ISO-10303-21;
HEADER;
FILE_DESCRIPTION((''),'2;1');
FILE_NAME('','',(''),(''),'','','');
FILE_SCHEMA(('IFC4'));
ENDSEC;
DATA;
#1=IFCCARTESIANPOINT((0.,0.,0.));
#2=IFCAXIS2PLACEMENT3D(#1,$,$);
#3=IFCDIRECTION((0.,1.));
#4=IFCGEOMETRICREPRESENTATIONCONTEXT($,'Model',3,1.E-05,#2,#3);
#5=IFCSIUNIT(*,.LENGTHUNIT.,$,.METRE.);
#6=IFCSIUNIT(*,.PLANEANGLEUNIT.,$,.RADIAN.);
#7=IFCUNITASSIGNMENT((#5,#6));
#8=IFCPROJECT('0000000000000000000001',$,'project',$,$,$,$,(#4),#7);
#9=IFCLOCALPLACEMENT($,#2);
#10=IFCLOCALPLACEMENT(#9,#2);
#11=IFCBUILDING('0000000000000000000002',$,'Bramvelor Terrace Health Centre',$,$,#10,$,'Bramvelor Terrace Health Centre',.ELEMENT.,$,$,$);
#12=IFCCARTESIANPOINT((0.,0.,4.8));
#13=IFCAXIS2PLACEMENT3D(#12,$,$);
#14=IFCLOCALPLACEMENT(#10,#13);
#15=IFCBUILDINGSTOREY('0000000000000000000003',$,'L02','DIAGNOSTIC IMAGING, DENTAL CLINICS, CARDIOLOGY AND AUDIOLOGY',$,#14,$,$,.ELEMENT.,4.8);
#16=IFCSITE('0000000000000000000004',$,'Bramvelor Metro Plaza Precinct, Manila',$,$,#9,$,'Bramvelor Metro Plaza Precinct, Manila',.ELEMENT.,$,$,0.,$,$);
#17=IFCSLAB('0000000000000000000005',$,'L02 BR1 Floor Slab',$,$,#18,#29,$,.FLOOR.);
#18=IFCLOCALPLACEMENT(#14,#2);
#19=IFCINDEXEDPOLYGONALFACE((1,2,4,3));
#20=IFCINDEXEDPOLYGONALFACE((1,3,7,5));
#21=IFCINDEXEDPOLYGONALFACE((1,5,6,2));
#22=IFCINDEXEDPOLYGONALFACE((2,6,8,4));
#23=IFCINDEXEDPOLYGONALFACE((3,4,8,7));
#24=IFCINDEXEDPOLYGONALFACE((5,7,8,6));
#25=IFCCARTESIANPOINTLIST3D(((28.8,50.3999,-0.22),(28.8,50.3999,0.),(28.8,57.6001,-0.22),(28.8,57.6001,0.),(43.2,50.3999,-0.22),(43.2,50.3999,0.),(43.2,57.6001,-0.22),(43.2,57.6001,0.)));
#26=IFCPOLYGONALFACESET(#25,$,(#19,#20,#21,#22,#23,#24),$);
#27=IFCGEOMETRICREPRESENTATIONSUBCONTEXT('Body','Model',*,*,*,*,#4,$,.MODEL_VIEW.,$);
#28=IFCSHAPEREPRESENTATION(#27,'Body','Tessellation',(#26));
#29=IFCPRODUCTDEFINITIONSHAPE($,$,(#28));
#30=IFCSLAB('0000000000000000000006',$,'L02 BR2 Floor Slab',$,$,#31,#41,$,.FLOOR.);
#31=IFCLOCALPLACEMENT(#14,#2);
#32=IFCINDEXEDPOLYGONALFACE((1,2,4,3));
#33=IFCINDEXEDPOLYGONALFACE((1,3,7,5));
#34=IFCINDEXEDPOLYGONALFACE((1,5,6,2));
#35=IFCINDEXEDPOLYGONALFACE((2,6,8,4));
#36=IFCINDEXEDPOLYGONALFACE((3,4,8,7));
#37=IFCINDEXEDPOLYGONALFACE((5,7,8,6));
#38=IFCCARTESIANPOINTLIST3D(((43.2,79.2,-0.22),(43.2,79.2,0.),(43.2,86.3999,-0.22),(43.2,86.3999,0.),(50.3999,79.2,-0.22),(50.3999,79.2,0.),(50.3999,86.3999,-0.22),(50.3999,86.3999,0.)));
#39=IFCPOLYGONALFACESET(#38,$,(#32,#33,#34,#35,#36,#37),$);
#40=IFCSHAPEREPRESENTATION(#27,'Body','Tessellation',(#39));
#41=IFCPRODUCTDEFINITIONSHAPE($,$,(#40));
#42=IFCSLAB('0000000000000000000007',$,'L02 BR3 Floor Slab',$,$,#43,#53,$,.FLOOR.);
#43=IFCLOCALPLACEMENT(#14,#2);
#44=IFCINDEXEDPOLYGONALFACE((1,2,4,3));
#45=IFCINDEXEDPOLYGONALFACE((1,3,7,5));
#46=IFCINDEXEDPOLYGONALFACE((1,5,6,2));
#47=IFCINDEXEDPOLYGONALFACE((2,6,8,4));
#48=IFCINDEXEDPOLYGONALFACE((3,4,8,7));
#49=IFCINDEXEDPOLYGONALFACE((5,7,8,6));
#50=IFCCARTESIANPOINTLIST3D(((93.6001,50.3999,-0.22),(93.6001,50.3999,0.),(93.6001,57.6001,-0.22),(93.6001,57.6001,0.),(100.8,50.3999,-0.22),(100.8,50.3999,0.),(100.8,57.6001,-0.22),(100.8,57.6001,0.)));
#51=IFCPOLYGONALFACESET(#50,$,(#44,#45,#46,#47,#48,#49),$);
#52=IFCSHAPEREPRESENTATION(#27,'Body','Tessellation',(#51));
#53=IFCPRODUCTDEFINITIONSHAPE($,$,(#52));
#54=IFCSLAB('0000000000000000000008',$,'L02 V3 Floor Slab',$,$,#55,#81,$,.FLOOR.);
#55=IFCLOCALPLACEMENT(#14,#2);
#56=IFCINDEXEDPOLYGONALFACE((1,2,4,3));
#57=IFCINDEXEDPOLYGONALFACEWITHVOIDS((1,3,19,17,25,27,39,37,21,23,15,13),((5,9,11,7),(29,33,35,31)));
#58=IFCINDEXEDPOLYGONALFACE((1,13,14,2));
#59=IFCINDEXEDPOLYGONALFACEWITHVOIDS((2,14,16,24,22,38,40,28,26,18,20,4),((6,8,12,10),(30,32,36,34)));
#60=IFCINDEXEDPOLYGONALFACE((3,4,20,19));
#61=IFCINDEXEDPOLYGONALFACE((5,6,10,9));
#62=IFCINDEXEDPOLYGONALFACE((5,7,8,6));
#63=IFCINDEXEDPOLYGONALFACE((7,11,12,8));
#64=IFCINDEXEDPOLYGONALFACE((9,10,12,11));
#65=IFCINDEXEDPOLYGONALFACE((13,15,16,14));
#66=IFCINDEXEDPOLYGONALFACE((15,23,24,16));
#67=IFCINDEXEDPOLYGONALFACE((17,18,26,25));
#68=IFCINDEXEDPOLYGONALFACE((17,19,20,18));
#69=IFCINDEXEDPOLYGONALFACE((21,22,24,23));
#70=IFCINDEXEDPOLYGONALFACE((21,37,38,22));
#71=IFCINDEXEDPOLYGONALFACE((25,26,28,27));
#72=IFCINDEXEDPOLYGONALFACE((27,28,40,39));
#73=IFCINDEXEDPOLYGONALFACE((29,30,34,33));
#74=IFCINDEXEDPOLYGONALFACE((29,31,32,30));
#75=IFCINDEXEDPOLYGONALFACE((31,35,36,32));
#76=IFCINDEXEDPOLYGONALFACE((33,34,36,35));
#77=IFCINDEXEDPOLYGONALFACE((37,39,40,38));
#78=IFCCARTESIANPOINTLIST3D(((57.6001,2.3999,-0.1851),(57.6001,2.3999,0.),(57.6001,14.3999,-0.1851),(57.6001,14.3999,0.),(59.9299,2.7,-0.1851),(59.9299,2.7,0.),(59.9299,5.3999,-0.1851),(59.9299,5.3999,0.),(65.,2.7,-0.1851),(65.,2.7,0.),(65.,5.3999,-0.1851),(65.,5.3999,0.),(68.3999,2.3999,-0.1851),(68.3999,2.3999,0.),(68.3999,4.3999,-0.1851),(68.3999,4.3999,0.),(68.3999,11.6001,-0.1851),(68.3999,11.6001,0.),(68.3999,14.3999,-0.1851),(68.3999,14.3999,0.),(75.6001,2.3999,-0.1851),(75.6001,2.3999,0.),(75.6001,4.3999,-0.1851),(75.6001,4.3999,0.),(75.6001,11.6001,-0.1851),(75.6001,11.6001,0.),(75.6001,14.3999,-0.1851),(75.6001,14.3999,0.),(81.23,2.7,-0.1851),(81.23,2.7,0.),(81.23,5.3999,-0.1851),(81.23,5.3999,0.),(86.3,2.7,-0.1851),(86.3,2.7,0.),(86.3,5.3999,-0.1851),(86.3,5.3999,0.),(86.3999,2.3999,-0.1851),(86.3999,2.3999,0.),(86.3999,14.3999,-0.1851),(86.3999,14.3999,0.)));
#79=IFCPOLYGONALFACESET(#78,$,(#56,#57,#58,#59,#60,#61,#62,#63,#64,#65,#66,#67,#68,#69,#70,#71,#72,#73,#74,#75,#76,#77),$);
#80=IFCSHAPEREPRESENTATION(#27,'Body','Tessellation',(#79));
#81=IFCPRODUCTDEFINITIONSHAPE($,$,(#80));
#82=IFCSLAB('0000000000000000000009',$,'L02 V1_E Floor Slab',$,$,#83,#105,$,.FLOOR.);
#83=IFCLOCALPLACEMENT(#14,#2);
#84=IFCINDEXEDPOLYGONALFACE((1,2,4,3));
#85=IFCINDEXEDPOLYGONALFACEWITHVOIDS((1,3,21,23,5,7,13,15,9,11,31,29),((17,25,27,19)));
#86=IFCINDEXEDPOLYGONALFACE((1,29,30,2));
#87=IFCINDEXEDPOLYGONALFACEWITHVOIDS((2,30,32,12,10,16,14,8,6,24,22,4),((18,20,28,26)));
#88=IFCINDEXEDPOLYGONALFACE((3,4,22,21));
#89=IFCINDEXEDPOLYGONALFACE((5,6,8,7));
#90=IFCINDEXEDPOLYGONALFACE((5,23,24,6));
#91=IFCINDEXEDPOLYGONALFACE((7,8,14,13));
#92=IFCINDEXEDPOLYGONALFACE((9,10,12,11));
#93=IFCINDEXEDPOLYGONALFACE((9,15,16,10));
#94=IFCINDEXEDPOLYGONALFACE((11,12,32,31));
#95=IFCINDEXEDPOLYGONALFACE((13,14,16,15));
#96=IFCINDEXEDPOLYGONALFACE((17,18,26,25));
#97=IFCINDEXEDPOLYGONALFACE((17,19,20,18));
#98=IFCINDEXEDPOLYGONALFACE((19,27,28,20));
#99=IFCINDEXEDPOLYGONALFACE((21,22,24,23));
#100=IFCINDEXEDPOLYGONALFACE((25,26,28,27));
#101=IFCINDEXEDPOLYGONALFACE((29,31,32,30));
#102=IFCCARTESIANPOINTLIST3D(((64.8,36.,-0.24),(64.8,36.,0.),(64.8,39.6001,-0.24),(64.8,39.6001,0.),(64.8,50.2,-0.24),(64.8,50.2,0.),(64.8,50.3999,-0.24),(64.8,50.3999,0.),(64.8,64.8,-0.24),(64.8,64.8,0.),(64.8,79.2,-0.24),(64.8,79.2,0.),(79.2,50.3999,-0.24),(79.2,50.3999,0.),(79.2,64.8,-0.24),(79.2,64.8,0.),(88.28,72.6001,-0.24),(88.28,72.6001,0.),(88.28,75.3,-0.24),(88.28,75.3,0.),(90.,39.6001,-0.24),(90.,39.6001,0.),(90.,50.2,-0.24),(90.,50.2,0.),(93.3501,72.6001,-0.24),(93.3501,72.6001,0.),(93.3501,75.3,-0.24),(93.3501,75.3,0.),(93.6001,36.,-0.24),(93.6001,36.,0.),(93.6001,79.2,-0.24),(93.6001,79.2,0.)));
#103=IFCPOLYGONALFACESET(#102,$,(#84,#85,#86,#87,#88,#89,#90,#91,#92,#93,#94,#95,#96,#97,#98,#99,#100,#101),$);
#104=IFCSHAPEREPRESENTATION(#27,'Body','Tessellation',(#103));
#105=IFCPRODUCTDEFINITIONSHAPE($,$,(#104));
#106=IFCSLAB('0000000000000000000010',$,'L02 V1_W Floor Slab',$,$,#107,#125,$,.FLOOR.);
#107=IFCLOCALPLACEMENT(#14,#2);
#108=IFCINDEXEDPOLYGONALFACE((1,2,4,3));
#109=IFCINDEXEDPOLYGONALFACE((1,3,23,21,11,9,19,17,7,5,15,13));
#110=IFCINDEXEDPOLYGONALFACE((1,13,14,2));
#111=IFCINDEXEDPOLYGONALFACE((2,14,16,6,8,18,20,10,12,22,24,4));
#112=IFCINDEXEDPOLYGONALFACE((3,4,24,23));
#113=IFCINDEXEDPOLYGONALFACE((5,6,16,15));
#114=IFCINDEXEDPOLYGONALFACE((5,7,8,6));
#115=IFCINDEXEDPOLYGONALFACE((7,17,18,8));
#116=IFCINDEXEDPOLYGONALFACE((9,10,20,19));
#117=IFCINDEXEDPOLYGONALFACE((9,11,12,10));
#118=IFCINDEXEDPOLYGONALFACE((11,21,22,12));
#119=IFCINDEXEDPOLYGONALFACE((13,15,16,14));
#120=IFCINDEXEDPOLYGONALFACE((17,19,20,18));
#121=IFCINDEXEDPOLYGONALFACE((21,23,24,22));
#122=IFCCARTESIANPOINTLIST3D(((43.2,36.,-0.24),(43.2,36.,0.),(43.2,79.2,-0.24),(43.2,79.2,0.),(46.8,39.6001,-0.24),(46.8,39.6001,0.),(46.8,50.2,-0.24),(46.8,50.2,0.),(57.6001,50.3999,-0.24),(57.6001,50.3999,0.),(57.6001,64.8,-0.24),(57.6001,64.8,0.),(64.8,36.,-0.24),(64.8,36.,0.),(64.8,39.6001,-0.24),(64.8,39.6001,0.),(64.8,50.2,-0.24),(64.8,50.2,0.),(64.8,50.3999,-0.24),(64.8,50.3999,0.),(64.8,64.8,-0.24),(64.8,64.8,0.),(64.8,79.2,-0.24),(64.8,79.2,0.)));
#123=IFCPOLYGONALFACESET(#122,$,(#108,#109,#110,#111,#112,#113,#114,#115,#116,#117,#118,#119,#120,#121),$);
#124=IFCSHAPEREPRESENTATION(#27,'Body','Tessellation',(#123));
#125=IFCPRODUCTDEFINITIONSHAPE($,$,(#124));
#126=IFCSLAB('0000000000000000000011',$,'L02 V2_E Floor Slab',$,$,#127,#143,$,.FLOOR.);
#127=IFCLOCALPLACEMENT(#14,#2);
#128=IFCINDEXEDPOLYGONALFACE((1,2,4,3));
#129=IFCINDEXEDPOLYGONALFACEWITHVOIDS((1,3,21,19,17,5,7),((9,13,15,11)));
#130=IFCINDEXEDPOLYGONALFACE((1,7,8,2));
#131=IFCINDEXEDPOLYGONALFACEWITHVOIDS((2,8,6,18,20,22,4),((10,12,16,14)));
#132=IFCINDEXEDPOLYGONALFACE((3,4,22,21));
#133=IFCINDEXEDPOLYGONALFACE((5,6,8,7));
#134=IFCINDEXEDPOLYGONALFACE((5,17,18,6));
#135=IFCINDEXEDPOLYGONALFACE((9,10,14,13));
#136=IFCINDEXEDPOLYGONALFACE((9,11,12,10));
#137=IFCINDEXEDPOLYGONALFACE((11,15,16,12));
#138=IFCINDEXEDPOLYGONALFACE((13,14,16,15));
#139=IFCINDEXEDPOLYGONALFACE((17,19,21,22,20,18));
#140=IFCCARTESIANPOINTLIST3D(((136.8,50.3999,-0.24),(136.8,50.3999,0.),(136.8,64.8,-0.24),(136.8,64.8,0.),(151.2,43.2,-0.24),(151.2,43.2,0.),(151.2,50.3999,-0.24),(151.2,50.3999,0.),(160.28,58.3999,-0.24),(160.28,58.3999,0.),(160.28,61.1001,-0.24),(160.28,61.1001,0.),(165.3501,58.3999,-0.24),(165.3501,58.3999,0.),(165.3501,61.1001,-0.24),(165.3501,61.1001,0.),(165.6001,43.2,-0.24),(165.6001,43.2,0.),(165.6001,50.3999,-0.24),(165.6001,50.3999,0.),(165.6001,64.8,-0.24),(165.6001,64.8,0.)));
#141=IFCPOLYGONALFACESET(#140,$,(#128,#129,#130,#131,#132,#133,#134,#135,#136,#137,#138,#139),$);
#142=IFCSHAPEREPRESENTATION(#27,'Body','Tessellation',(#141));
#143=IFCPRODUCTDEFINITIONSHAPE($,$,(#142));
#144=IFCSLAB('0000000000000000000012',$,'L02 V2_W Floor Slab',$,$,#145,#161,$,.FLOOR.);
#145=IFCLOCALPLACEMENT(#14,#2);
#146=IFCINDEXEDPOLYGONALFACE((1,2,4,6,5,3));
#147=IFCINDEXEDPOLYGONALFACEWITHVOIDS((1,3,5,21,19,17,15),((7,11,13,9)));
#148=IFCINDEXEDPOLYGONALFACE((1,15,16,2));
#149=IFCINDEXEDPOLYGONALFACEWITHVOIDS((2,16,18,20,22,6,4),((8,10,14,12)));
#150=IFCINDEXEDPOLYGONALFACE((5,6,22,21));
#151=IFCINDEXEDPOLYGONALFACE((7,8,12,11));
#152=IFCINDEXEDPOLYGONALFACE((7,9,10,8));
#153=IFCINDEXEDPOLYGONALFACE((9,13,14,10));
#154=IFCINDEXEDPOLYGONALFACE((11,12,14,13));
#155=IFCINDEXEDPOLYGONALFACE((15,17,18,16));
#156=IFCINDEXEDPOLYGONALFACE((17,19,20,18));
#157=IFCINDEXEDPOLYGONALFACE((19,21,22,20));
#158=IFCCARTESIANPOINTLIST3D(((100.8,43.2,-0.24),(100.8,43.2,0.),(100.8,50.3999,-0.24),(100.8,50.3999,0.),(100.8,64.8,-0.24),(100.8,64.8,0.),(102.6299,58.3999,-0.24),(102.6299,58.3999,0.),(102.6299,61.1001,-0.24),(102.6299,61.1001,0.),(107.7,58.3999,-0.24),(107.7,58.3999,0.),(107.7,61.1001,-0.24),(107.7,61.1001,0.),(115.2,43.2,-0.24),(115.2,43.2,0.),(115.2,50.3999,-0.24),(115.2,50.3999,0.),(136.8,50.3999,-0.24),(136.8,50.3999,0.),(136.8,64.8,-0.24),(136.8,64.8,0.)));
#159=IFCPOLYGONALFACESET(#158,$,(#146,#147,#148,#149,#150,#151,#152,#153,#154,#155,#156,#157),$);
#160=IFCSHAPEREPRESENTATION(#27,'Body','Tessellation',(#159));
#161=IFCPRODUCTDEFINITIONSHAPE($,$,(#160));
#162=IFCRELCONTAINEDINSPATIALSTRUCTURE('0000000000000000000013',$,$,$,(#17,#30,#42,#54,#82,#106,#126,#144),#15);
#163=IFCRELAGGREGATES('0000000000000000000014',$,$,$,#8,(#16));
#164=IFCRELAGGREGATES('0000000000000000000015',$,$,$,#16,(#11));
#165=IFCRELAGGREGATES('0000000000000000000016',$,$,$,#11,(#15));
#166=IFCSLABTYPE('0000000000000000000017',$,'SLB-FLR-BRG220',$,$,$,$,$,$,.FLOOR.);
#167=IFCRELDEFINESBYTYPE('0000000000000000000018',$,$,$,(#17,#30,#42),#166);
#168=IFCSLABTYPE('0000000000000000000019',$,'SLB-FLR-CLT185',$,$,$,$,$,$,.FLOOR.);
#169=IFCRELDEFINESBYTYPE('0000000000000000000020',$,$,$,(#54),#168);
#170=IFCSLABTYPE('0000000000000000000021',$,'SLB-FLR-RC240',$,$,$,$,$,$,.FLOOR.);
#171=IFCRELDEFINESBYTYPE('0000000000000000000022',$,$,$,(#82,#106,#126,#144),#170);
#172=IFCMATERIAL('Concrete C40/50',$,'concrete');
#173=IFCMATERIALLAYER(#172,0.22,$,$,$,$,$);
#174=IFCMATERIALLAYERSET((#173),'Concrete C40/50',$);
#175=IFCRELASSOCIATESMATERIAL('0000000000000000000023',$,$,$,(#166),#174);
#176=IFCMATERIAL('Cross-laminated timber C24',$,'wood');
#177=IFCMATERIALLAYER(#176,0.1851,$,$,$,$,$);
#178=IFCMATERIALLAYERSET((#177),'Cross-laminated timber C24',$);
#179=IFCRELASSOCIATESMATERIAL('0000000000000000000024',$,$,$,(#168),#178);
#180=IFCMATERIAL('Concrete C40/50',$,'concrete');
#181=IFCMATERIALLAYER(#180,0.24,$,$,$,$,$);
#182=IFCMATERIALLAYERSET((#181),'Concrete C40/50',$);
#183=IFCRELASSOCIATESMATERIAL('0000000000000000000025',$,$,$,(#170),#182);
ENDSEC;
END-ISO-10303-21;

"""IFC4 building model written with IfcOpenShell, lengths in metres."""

from ifc_helpers import new_model, si_unit, direction, frame, origin, place, context, subcontext, project, spatial, polyline, outline, extrude, material, layer, layer_set, type_object, element, save


model = new_model("IFC4")

# Units and contexts
model_context = context("Model", 3, precision=1e-05, world=origin(), true_north=direction((0.0, 1.0)))
body_context = subcontext(model_context, "Body", "Model", "MODEL_VIEW")
ifc_project = project(units=[si_unit("LENGTHUNIT", "METRE"), si_unit("PLANEANGLEUNIT", "RADIAN")], contexts=[model_context])

# Site, building, storey
site_placement = place(None, origin())
site = spatial("IfcSite", under=ifc_project, at=site_placement, Name="Bramvelor Metro Plaza Precinct, Manila", LongName="Bramvelor Metro Plaza Precinct, Manila", CompositionType="ELEMENT", RefElevation=0.0)
building_placement = place(site_placement, origin())
building = spatial("IfcBuilding", under=site, at=building_placement, Name="Bramvelor Terrace Health Centre", LongName="Bramvelor Terrace Health Centre", CompositionType="ELEMENT")
storey_placement = place(building_placement, frame((0.0, 0.0, 4.8)))
storey = spatial("IfcBuildingStorey", under=building, at=storey_placement, Name="L02", Description="DIAGNOSTIC IMAGING, DENTAL CLINICS, CARDIOLOGY AND AUDIOLOGY", CompositionType="ELEMENT", Elevation=4.8)

# Slabs
ifc_material_1 = material(Name="Concrete C40/50", Category="concrete")
ifc_layer_1 = layer(ifc_material_1, 0.22)
ifc_layer_set_1 = layer_set([ifc_layer_1], Name="Concrete C40/50")
slab_type_1 = type_object("IfcSlabType", Name="SLB-FLR-BRG220", PredefinedType="FLOOR", material=ifc_layer_set_1)
slab_1_placement = place(storey_placement, frame((0.0, 0.0, -0.22)))
element("IfcSlab", 1, at=slab_1_placement, inside=storey, type_object=slab_type_1, Name="L02 BR1 Floor Slab", PredefinedType="FLOOR", context=body_context, shape_type="SweptSolid", body=[
    extrude(outline(polyline([(43.2, 50.3999), (43.2, 57.6001), (28.8, 57.6001), (28.8, 50.3999), (43.2, 50.3999)])), origin(), (0.0, 0.0, 1.0), 0.22),
])
slab_2_placement = place(storey_placement, frame((0.0, 0.0, -0.22)))
element("IfcSlab", 2, at=slab_2_placement, inside=storey, type_object=slab_type_1, Name="L02 BR2 Floor Slab", PredefinedType="FLOOR", context=body_context, shape_type="SweptSolid", body=[
    extrude(outline(polyline([(50.3999, 79.2), (50.3999, 86.3999), (43.2, 86.3999), (43.2, 79.2), (50.3999, 79.2)])), origin(), (0.0, 0.0, 1.0), 0.22),
])
slab_3_placement = place(storey_placement, frame((0.0, 0.0, -0.22)))
element("IfcSlab", 3, at=slab_3_placement, inside=storey, type_object=slab_type_1, Name="L02 BR3 Floor Slab", PredefinedType="FLOOR", context=body_context, shape_type="SweptSolid", body=[
    extrude(outline(polyline([(100.8, 50.3999), (100.8, 57.6001), (93.6001, 57.6001), (93.6001, 50.3999), (100.8, 50.3999)])), origin(), (0.0, 0.0, 1.0), 0.22),
])
ifc_material_2 = material(Name="Cross-laminated timber C24", Category="wood")
ifc_layer_2 = layer(ifc_material_2, 0.1851)
ifc_layer_set_2 = layer_set([ifc_layer_2], Name="Cross-laminated timber C24")
slab_type_2 = type_object("IfcSlabType", Name="SLB-FLR-CLT185", PredefinedType="FLOOR", material=ifc_layer_set_2)
slab_4_placement = place(storey_placement, frame((0.0, 0.0, -0.1851)))
element("IfcSlab", 4, at=slab_4_placement, inside=storey, type_object=slab_type_2, Name="L02 V3 Floor Slab", PredefinedType="FLOOR", context=body_context, shape_type="SweptSolid", body=[
    extrude(outline(polyline([(68.3999, 11.6001), (75.6001, 11.6001), (75.6001, 14.3999), (86.3999, 14.3999), (86.3999, 2.3999), (75.6001, 2.3999), (75.6001, 4.3999), (68.3999, 4.3999), (68.3999, 2.3999), (57.6001, 2.3999), (57.6001, 14.3999), (68.3999, 14.3999), (68.3999, 11.6001)]), holes=[polyline([(59.9299, 5.3999), (59.9299, 2.7), (65.0, 2.7), (65.0, 5.3999), (59.9299, 5.3999)]), polyline([(86.3, 5.3999), (81.23, 5.3999), (81.23, 2.7), (86.3, 2.7), (86.3, 5.3999)])]), origin(), (0.0, 0.0, 1.0), 0.1851),
])
ifc_material_3 = material(Name="Concrete C40/50", Category="concrete")
ifc_layer_3 = layer(ifc_material_3, 0.24)
ifc_layer_set_3 = layer_set([ifc_layer_3], Name="Concrete C40/50")
slab_type_3 = type_object("IfcSlabType", Name="SLB-FLR-RC240", PredefinedType="FLOOR", material=ifc_layer_set_3)
slab_5_placement = place(storey_placement, frame((0.0, 0.0, -0.24)))
element("IfcSlab", 5, at=slab_5_placement, inside=storey, type_object=slab_type_3, Name="L02 V1_E Floor Slab", PredefinedType="FLOOR", context=body_context, shape_type="SweptSolid", body=[
    extrude(outline(polyline([(93.6001, 36.0), (64.8, 36.0), (64.8, 39.6001), (90.0, 39.6001), (90.0, 50.2), (64.8, 50.2), (64.8, 50.3999), (79.2, 50.3999), (79.2, 64.8), (64.8, 64.8), (64.8, 79.2), (93.6001, 79.2), (93.6001, 36.0)]), holes=[polyline([(93.3501, 75.3), (88.28, 75.3), (88.28, 72.6001), (93.3501, 72.6001), (93.3501, 75.3)])]), origin(), (0.0, 0.0, 1.0), 0.24),
])
slab_6_placement = place(storey_placement, frame((0.0, 0.0, -0.24)))
element("IfcSlab", 6, at=slab_6_placement, inside=storey, type_object=slab_type_3, Name="L02 V1_W Floor Slab", PredefinedType="FLOOR", context=body_context, shape_type="SweptSolid", body=[
    extrude(outline(polyline([(64.8, 79.2), (64.8, 64.8), (57.6001, 64.8), (57.6001, 50.3999), (64.8, 50.3999), (64.8, 50.2), (46.8, 50.2), (46.8, 39.6001), (64.8, 39.6001), (64.8, 36.0), (43.2, 36.0), (43.2, 79.2), (64.8, 79.2)])), origin(), (0.0, 0.0, 1.0), 0.24),
])
slab_7_placement = place(storey_placement, frame((0.0, 0.0, -0.24)))
element("IfcSlab", 7, at=slab_7_placement, inside=storey, type_object=slab_type_3, Name="L02 V2_E Floor Slab", PredefinedType="FLOOR", context=body_context, shape_type="SweptSolid", body=[
    extrude(outline(polyline([(136.8, 64.8), (165.6001, 64.8), (165.6001, 50.3999), (165.6001, 43.2), (151.2, 43.2), (151.2, 50.3999), (136.8, 50.3999), (136.8, 64.8)]), holes=[polyline([(165.3501, 61.1001), (160.28, 61.1001), (160.28, 58.3999), (165.3501, 58.3999), (165.3501, 61.1001)])]), origin(), (0.0, 0.0, 1.0), 0.24),
])
slab_8_placement = place(storey_placement, frame((0.0, 0.0, -0.24)))
element("IfcSlab", 8, at=slab_8_placement, inside=storey, type_object=slab_type_3, Name="L02 V2_W Floor Slab", PredefinedType="FLOOR", context=body_context, shape_type="SweptSolid", body=[
    extrude(outline(polyline([(136.8, 64.8), (136.8, 50.3999), (115.2, 50.3999), (115.2, 43.2), (100.8, 43.2), (100.8, 50.3999), (100.8, 64.8), (136.8, 64.8)]), holes=[polyline([(107.7, 61.1001), (102.6299, 61.1001), (102.6299, 58.3999), (107.7, 58.3999), (107.7, 61.1001)])]), origin(), (0.0, 0.0, 1.0), 0.24),
])

save(model, "model.ifc")
